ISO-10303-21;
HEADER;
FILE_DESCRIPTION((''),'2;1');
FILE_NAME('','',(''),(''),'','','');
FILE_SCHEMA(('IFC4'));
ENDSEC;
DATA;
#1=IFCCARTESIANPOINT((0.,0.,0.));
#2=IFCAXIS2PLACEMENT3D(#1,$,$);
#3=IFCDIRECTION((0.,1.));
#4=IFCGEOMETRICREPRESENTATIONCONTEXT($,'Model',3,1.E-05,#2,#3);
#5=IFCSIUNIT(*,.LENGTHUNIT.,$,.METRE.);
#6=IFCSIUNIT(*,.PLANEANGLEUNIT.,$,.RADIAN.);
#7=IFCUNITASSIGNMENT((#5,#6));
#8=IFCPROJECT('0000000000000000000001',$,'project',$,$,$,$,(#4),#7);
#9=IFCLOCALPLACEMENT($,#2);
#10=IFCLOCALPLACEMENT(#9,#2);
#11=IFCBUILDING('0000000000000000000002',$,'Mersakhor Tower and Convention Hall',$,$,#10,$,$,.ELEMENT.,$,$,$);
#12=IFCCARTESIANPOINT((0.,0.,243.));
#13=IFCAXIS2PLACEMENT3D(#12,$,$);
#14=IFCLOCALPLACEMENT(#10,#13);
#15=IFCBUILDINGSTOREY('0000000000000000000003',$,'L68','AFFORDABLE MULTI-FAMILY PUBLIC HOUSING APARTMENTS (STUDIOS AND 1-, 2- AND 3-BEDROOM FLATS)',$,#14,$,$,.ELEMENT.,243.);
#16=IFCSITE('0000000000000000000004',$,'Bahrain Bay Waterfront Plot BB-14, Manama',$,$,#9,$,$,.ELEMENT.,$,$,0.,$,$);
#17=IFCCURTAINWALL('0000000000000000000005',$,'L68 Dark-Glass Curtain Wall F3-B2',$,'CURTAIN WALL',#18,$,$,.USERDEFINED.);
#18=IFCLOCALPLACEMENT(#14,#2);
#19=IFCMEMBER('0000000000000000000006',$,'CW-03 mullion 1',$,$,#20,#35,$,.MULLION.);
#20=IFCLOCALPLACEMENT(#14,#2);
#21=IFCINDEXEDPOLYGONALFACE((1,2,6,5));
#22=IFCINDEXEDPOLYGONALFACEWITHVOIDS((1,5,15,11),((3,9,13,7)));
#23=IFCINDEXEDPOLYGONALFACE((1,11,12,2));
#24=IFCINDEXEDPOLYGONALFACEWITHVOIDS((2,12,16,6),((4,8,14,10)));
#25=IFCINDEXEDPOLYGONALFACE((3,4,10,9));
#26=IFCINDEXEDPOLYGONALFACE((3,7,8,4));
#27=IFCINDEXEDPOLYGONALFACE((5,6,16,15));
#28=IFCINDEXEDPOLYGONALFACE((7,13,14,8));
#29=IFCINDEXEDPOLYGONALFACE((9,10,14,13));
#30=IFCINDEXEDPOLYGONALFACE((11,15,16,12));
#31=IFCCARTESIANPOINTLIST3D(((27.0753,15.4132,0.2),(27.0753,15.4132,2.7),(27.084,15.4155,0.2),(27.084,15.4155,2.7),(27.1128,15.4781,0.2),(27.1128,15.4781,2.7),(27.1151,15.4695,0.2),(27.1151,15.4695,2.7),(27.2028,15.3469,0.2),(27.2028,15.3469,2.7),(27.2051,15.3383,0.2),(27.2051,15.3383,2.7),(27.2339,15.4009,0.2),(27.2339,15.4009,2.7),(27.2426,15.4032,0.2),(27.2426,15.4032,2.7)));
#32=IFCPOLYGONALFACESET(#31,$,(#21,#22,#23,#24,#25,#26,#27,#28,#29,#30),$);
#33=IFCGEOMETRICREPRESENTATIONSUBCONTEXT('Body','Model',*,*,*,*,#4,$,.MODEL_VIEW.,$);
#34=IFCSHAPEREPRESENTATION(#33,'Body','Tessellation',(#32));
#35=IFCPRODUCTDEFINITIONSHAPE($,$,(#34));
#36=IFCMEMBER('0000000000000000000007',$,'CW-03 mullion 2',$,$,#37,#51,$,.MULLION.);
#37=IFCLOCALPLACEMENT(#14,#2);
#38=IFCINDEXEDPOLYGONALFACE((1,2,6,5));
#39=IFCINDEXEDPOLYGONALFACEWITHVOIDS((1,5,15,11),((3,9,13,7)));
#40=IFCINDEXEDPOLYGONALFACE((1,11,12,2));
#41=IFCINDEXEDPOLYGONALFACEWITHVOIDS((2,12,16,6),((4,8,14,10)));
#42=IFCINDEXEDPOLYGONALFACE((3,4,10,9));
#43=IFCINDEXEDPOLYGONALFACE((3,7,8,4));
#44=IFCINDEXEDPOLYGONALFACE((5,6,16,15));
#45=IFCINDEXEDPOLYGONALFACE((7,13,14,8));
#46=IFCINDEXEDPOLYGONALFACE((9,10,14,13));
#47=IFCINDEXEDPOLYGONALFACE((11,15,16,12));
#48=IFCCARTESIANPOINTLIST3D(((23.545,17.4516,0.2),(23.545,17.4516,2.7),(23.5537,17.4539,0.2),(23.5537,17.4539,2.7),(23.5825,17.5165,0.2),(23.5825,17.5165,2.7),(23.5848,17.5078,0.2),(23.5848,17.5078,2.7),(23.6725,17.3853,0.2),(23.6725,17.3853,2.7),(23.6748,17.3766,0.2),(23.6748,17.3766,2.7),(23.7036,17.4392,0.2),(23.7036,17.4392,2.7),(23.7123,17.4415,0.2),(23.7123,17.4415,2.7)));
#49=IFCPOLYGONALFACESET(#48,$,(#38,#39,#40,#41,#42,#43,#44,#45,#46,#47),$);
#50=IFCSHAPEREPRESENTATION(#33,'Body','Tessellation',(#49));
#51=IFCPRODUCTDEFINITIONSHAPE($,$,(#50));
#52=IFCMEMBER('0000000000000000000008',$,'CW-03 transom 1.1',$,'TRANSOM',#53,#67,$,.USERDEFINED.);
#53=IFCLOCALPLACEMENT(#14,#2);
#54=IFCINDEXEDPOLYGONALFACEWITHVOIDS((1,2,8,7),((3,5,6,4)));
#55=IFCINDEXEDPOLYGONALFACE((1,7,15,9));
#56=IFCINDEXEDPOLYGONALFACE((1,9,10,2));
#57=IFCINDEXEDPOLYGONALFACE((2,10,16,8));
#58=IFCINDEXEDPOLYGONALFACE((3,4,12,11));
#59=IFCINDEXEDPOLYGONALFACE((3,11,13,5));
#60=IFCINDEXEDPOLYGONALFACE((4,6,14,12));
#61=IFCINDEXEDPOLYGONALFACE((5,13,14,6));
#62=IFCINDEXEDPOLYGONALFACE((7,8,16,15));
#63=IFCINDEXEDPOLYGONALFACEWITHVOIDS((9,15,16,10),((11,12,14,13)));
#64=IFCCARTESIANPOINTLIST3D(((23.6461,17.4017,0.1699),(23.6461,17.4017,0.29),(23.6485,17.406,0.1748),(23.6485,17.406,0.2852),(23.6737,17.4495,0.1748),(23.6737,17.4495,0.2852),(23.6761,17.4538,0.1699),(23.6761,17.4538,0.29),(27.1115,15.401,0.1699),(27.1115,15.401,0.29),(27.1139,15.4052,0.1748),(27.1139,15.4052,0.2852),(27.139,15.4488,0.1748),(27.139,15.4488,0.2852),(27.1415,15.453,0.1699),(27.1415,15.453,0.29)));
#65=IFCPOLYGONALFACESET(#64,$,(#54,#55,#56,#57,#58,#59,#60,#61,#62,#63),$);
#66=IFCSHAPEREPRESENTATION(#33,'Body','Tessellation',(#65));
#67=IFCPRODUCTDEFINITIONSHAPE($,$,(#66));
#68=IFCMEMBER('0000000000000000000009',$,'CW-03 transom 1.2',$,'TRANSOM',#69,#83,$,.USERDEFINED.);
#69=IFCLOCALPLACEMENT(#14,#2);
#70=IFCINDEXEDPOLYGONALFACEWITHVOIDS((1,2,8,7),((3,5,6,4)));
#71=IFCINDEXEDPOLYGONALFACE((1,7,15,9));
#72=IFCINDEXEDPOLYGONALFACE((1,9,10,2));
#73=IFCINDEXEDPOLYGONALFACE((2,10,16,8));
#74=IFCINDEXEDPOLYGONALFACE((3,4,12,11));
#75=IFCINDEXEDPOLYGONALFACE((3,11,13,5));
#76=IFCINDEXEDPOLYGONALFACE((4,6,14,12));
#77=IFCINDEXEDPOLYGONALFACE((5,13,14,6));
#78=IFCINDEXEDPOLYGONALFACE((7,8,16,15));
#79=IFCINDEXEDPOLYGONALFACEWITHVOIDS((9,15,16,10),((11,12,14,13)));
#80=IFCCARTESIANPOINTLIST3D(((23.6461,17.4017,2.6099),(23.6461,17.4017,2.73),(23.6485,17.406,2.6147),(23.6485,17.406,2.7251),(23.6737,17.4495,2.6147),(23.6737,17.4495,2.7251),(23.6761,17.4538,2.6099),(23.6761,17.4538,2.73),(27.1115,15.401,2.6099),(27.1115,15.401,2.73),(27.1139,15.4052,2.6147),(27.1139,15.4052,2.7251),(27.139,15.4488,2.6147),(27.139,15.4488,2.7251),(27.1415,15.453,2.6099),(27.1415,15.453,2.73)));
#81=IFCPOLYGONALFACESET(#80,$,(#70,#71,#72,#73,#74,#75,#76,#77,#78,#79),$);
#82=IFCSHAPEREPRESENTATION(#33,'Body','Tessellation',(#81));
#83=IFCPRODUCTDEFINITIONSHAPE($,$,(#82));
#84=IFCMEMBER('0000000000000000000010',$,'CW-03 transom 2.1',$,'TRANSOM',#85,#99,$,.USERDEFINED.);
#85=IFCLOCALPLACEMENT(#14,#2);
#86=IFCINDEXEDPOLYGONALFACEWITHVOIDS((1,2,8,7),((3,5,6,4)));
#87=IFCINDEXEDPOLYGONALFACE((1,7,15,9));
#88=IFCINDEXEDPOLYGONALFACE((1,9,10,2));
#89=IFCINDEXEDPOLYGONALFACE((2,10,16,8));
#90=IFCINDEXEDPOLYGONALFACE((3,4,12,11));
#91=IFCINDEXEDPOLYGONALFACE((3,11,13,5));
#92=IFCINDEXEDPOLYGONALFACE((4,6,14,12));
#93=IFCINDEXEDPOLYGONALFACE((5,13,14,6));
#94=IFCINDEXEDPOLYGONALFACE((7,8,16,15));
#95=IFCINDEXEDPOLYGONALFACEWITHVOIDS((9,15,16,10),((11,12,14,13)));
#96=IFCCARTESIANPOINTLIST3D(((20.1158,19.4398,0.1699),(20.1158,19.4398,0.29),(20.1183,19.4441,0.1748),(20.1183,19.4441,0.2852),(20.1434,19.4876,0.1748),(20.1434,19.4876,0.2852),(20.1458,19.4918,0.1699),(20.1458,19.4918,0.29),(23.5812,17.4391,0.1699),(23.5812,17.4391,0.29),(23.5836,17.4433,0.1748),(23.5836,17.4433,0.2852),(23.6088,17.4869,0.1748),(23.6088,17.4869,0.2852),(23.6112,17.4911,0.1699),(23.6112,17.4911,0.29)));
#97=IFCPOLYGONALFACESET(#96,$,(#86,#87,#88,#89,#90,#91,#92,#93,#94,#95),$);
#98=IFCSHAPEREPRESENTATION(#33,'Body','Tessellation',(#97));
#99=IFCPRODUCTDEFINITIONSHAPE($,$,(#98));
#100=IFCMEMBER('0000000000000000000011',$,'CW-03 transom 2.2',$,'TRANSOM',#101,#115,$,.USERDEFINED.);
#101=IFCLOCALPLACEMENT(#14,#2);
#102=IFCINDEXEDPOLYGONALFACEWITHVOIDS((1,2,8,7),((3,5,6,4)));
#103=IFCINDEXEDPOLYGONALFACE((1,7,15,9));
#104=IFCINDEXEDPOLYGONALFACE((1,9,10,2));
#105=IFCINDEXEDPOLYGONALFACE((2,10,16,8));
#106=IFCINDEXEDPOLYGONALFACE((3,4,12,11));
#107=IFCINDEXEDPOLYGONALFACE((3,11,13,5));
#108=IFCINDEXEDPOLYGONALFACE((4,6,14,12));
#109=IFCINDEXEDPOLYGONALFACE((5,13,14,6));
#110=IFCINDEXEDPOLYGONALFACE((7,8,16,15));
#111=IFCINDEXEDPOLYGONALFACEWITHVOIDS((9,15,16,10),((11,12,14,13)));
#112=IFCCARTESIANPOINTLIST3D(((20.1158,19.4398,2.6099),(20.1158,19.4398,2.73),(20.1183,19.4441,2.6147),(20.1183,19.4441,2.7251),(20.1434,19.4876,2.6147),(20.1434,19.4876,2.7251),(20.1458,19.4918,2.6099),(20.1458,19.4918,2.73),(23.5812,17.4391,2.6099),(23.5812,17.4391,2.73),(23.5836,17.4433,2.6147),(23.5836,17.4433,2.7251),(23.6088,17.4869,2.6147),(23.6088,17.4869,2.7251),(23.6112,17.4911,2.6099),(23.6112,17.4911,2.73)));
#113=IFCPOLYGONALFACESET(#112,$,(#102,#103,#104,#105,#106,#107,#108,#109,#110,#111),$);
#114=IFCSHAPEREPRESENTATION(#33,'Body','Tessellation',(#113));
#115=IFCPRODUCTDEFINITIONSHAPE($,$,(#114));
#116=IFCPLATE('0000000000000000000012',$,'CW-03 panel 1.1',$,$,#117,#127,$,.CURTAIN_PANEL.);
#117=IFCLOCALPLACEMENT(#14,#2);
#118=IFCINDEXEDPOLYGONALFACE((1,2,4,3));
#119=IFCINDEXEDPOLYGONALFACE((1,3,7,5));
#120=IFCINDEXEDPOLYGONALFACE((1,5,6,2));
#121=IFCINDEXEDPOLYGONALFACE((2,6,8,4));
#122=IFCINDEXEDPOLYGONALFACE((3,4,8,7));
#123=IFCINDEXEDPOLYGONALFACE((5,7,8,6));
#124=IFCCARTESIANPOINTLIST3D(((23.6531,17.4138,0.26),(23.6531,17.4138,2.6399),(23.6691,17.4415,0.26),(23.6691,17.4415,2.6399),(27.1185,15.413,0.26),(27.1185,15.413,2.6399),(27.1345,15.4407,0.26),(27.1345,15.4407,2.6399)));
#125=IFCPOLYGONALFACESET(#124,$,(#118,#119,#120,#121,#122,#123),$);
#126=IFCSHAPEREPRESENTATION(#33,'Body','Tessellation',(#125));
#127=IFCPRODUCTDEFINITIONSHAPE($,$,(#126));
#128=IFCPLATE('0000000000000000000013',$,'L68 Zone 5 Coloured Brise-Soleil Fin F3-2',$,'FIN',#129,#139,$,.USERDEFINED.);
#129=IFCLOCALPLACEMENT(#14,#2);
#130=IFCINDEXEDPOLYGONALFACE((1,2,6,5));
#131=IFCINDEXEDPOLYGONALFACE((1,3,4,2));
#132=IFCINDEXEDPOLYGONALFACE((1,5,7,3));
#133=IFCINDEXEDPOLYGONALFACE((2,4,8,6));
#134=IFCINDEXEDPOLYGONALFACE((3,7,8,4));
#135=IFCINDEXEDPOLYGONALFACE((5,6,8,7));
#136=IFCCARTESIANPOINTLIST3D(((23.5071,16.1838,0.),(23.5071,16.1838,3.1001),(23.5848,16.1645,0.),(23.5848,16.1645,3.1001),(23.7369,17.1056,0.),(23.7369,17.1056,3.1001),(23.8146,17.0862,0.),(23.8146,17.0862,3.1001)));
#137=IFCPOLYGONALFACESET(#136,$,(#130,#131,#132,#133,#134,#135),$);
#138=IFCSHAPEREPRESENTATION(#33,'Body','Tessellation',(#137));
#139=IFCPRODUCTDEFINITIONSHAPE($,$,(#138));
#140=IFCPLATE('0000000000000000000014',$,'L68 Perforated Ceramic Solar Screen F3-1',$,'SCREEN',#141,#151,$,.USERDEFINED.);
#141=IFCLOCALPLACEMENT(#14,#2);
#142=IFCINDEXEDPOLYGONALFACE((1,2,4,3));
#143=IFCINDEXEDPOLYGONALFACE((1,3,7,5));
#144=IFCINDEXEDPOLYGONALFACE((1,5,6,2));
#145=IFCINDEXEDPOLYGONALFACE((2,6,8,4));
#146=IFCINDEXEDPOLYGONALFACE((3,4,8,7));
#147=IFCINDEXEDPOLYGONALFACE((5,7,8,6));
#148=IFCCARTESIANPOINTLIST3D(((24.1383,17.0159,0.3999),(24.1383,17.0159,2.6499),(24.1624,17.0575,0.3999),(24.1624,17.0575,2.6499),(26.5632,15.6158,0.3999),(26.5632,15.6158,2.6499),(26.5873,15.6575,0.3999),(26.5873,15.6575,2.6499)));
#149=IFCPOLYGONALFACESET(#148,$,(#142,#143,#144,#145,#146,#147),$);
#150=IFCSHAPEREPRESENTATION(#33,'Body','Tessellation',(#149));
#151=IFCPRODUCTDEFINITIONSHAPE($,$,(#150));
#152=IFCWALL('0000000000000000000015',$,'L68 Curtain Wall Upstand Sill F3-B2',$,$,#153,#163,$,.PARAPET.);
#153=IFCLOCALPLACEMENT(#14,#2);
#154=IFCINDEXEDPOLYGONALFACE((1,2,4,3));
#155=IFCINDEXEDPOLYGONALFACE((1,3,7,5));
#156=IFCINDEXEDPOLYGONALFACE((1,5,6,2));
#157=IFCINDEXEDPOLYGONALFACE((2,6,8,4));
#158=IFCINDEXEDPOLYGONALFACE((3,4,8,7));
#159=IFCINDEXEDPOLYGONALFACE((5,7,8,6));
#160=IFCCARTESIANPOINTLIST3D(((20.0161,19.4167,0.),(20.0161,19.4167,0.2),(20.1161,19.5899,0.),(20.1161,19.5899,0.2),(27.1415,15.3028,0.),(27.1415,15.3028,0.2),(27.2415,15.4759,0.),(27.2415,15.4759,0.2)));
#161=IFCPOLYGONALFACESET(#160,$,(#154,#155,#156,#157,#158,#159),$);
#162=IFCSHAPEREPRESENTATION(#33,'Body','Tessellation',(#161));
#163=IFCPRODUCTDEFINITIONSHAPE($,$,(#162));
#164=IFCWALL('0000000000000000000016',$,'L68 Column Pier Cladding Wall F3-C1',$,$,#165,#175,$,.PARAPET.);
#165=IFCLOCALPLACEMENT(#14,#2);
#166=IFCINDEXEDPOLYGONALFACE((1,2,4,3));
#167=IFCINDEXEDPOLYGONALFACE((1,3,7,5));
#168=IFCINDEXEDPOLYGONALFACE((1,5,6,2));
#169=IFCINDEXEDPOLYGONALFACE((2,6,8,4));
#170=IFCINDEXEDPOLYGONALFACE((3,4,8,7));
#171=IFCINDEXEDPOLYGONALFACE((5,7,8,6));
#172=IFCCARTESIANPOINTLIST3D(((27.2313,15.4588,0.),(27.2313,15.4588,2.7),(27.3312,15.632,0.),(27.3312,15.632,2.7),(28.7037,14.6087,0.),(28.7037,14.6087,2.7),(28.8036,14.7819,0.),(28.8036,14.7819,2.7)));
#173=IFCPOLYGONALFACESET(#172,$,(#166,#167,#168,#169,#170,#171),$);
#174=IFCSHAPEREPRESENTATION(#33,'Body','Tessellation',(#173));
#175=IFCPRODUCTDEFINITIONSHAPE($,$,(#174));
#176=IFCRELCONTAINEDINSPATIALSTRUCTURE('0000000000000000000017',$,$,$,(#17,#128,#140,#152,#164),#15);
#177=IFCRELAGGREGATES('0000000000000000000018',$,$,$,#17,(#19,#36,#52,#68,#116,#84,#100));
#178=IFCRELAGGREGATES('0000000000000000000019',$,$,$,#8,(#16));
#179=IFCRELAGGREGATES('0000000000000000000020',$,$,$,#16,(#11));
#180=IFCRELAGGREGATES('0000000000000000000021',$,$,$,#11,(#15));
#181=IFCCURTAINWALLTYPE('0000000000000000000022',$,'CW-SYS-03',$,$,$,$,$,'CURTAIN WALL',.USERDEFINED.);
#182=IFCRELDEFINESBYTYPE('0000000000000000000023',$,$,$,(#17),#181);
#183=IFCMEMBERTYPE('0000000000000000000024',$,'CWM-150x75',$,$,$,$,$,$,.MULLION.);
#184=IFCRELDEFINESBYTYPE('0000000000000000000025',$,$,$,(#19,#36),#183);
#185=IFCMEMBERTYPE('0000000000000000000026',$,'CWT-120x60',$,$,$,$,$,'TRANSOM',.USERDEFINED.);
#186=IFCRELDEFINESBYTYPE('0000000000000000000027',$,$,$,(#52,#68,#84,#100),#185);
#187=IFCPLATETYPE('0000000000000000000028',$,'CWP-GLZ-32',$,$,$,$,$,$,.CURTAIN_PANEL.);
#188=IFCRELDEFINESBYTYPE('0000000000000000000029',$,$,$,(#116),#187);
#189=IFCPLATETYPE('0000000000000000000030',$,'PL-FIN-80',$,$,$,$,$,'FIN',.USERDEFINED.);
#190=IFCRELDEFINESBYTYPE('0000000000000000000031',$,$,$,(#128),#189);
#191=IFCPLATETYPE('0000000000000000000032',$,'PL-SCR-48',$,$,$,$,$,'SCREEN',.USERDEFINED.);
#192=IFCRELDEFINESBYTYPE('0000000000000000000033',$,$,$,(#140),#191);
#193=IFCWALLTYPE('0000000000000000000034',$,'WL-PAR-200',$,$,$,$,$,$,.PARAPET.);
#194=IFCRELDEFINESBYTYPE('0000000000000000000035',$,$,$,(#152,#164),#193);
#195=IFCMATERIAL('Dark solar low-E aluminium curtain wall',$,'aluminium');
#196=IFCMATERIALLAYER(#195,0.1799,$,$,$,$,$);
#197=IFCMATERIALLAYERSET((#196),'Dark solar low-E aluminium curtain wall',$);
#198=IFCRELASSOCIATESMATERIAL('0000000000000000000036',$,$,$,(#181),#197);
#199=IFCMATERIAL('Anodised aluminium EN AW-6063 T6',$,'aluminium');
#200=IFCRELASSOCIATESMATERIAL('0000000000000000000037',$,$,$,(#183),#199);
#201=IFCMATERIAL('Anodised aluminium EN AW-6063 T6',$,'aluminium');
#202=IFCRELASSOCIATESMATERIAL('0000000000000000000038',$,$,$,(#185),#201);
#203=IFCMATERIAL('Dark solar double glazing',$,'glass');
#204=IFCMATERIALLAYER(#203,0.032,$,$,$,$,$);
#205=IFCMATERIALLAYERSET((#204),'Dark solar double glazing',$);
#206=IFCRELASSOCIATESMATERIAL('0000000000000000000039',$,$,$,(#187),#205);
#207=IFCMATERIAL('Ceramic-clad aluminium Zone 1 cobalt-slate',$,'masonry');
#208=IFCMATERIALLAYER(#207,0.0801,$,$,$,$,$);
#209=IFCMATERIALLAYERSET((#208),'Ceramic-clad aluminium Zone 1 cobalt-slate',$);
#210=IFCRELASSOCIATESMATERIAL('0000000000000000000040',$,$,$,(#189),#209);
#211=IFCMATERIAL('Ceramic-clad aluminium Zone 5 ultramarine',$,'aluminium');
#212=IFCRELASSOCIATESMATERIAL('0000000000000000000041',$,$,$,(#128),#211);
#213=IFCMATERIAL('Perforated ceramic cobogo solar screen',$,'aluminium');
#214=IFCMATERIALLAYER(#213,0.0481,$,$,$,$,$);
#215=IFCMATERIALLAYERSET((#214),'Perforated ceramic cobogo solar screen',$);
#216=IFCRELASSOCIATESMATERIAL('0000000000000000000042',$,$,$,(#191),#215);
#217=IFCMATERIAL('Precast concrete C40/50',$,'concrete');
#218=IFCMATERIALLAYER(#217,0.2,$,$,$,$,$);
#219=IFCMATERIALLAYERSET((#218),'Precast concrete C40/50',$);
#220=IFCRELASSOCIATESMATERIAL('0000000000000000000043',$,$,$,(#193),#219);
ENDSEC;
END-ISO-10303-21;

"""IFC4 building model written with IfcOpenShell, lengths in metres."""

from ifc_helpers import new_model, si_unit, direction, frame, frame_2d, origin, origin_2d, place, context, subcontext, project, spatial, rectangle, hollow_rectangle, extrude, material, layer, layer_set, material_profile, profile_set, type_object, element, aggregate, save


model = new_model("IFC4")

# Units and contexts
model_context = context("Model", 3, precision=1e-05, world=origin(), true_north=direction((0.0, 1.0)))
body_context = subcontext(model_context, "Body", "Model", "MODEL_VIEW")
ifc_project = project(units=[si_unit("LENGTHUNIT", "METRE"), si_unit("PLANEANGLEUNIT", "RADIAN")], contexts=[model_context])

# Site, building, storey
site_placement = place(None, origin())
site = spatial("IfcSite", under=ifc_project, at=site_placement, Name="Bahrain Bay Waterfront Plot BB-14, Manama", CompositionType="ELEMENT", RefElevation=0.0)
building_placement = place(site_placement, origin())
building = spatial("IfcBuilding", under=site, at=building_placement, Name="Mersakhor Tower and Convention Hall", CompositionType="ELEMENT")
storey_placement = place(building_placement, frame((0.0, 0.0, 243.0)))
storey = spatial("IfcBuildingStorey", under=building, at=storey_placement, Name="L68", Description="AFFORDABLE MULTI-FAMILY PUBLIC HOUSING APARTMENTS (STUDIOS AND 1-, 2- AND 3-BEDROOM FLATS)", CompositionType="ELEMENT", Elevation=243.0)

# Curtain wall, members, plate
ifc_material_1 = material(Name="Dark solar low-E aluminium curtain wall", Category="aluminium")
ifc_layer_1 = layer(ifc_material_1, 0.1799)
ifc_layer_set_1 = layer_set([ifc_layer_1], Name="Dark solar low-E aluminium curtain wall")
curtain_wall_type = type_object("IfcCurtainWallType", Name="CW-SYS-03", ElementType="CURTAIN WALL", PredefinedType="USERDEFINED", material=ifc_layer_set_1)
curtain_wall_placement = place(storey_placement, origin())
curtain_wall = element("IfcCurtainWall", 1, at=curtain_wall_placement, inside=storey, type_object=curtain_wall_type, Name="L68 Dark-Glass Curtain Wall F3-B2", ObjectType="CURTAIN WALL", PredefinedType="USERDEFINED")
ifc_material_2 = material(Name="Anodised aluminium EN AW-6063 T6", Category="aluminium")
ifc_material_profile_1 = material_profile(ifc_material_2, hollow_rectangle(XDim=0.075, YDim=0.1499, WallThickness=0.0063, at=origin_2d()), Name="RHS 150x75x6.3")
ifc_profile_set_1 = profile_set([ifc_material_profile_1], Name="Anodised aluminium EN AW-6063 T6")
member_type_1 = type_object("IfcMemberType", Name="CWM-150x75", PredefinedType="MULLION", material=ifc_profile_set_1)
member_1_placement = place(storey_placement, frame((27.1589, 15.4082, 0.2), z_axis=(0.0, 0.0, 1.0), x_axis=(-0.500004, -0.866023, 0.0)))
member_1 = element("IfcMember", 2, at=member_1_placement, type_object=member_type_1, Name="CW-03 mullion 1", PredefinedType="MULLION", context=body_context, shape_type="SweptSolid", body=[
    extrude(hollow_rectangle(XDim=0.075, YDim=0.1499, WallThickness=0.0063, at=origin_2d()), origin(), (0.0, 0.0, 1.0), 2.5),
])
member_2_placement = place(storey_placement, frame((23.6287, 17.4465, 0.2), z_axis=(0.0, 0.0, 1.0), x_axis=(-0.500004, -0.866023, 0.0)))
member_2 = element("IfcMember", 3, at=member_2_placement, type_object=member_type_1, Name="CW-03 mullion 2", PredefinedType="MULLION", context=body_context, shape_type="SweptSolid", body=[
    extrude(hollow_rectangle(XDim=0.075, YDim=0.1499, WallThickness=0.0063, at=origin_2d()), origin(), (0.0, 0.0, 1.0), 2.5),
])
ifc_material_3 = material(Name="Anodised aluminium EN AW-6063 T6", Category="aluminium")
ifc_material_profile_2 = material_profile(ifc_material_3, hollow_rectangle(XDim=0.0601, YDim=0.1201, WallThickness=0.0049, at=origin_2d()), Name="RHS 120x60x5")
ifc_profile_set_2 = profile_set([ifc_material_profile_2], Name="Anodised aluminium EN AW-6063 T6")
member_type_2 = type_object("IfcMemberType", Name="CWT-120x60", ElementType="TRANSOM", PredefinedType="USERDEFINED", material=ifc_profile_set_2)
member_3_placement = place(storey_placement, frame((27.1265, 15.427, 0.23), z_axis=(-0.866023, 0.500004, 0.0), x_axis=(-0.500004, -0.866023, 0.0)))
member_3 = element("IfcMember", 4, at=member_3_placement, type_object=member_type_2, Name="CW-03 transom 1.1", ObjectType="TRANSOM", PredefinedType="USERDEFINED", context=body_context, shape_type="SweptSolid", body=[
    extrude(hollow_rectangle(XDim=0.0601, YDim=0.1201, WallThickness=0.0049, at=origin_2d()), origin(), (0.0, 0.0, 1.0), 4.0015),
])
member_4_placement = place(storey_placement, frame((27.1265, 15.427, 2.6699), z_axis=(-0.866023, 0.500004, 0.0), x_axis=(-0.500004, -0.866023, 0.0)))
member_4 = element("IfcMember", 5, at=member_4_placement, type_object=member_type_2, Name="CW-03 transom 1.2", ObjectType="TRANSOM", PredefinedType="USERDEFINED", context=body_context, shape_type="SweptSolid", body=[
    extrude(hollow_rectangle(XDim=0.0601, YDim=0.1201, WallThickness=0.0049, at=origin_2d()), origin(), (0.0, 0.0, 1.0), 4.0015),
])
member_5_placement = place(storey_placement, frame((23.5962, 17.4651, 0.23), z_axis=(-0.866023, 0.500004, 0.0), x_axis=(-0.500004, -0.866023, 0.0)))
member_5 = element("IfcMember", 6, at=member_5_placement, type_object=member_type_2, Name="CW-03 transom 2.1", ObjectType="TRANSOM", PredefinedType="USERDEFINED", context=body_context, shape_type="SweptSolid", body=[
    extrude(hollow_rectangle(XDim=0.0601, YDim=0.1201, WallThickness=0.0049, at=origin_2d()), origin(), (0.0, 0.0, 1.0), 4.0015),
])
member_6_placement = place(storey_placement, frame((23.5962, 17.4651, 2.6699), z_axis=(-0.866023, 0.500004, 0.0), x_axis=(-0.500004, -0.866023, 0.0)))
member_6 = element("IfcMember", 7, at=member_6_placement, type_object=member_type_2, Name="CW-03 transom 2.2", ObjectType="TRANSOM", PredefinedType="USERDEFINED", context=body_context, shape_type="SweptSolid", body=[
    extrude(hollow_rectangle(XDim=0.0601, YDim=0.1201, WallThickness=0.0049, at=origin_2d()), origin(), (0.0, 0.0, 1.0), 4.0015),
])
ifc_material_4 = material(Name="Dark solar double glazing", Category="glass")
ifc_layer_2 = layer(ifc_material_4, 0.032)
ifc_layer_set_2 = layer_set([ifc_layer_2], Name="Dark solar double glazing")
plate_type_1 = type_object("IfcPlateType", Name="CWP-GLZ-32", PredefinedType="CURTAIN_PANEL", material=ifc_layer_set_2)
plate_1_placement = place(storey_placement, frame((25.3938, 16.4272, 0.26), z_axis=(0.0, 0.0, 1.0), x_axis=(-0.866023, 0.500004, 0.0)))
plate_1 = element("IfcPlate", 8, at=plate_1_placement, type_object=plate_type_1, Name="CW-03 panel 1.1", PredefinedType="CURTAIN_PANEL", context=body_context, shape_type="SweptSolid", body=[
    extrude(rectangle(XDim=4.0015, YDim=0.032, at=origin_2d()), origin(), (0.0, 0.0, 1.0), 2.3799),
])
aggregate(curtain_wall, [member_1, member_2, member_3, member_4, plate_1, member_5, member_6])

# Plates
ifc_material_5 = material(Name="Ceramic-clad aluminium Zone 5 ultramarine", Category="aluminium")
ifc_material_6 = material(Name="Ceramic-clad aluminium Zone 1 cobalt-slate", Category="masonry")
ifc_layer_3 = layer(ifc_material_6, 0.0801)
ifc_layer_set_3 = layer_set([ifc_layer_3], Name="Ceramic-clad aluminium Zone 1 cobalt-slate")
plate_type_2 = type_object("IfcPlateType", Name="PL-FIN-80", ElementType="FIN", PredefinedType="USERDEFINED", material=ifc_layer_set_3)
plate_2_placement = place(storey_placement, frame((23.6609, 16.635, 0.0), z_axis=(0.0, 0.0, 1.0), x_axis=(-0.241922, -0.970296, 0.0)))
element("IfcPlate", 9, at=plate_2_placement, inside=storey, type_object=plate_type_2, material=ifc_material_5, Name="L68 Zone 5 Coloured Brise-Soleil Fin F3-2", ObjectType="FIN", PredefinedType="USERDEFINED", context=body_context, shape_type="SweptSolid", body=[
    extrude(rectangle(XDim=0.95, YDim=0.0801, at=origin_2d()), origin(), (0.0, 0.0, 1.0), 3.1001),
])
ifc_material_7 = material(Name="Perforated ceramic cobogo solar screen", Category="aluminium")
ifc_layer_4 = layer(ifc_material_7, 0.0481)
ifc_layer_set_4 = layer_set([ifc_layer_4], Name="Perforated ceramic cobogo solar screen")
plate_type_3 = type_object("IfcPlateType", Name="PL-SCR-48", ElementType="SCREEN", PredefinedType="USERDEFINED", material=ifc_layer_set_4)
plate_3_placement = place(storey_placement, frame((25.3628, 16.3367, 0.3999), z_axis=(0.0, 0.0, 1.0), x_axis=(-0.866025, 0.5, 0.0)))
element("IfcPlate", 10, at=plate_3_placement, inside=storey, type_object=plate_type_3, Name="L68 Perforated Ceramic Solar Screen F3-1", ObjectType="SCREEN", PredefinedType="USERDEFINED", context=body_context, shape_type="SweptSolid", body=[
    extrude(rectangle(XDim=2.8, YDim=0.0481, at=origin_2d()), origin(), (0.0, 0.0, 1.0), 2.25),
])

# Walls
ifc_material_8 = material(Name="Precast concrete C40/50", Category="concrete")
ifc_layer_5 = layer(ifc_material_8, 0.2)
ifc_layer_set_5 = layer_set([ifc_layer_5], Name="Precast concrete C40/50")
wall_type_1 = type_object("IfcWallType", Name="WL-PAR-200", PredefinedType="PARAPET", material=ifc_layer_set_5)
wall_1_placement = place(storey_placement, frame((27.1914, 15.3894, 0.0), z_axis=(0.0, 0.0, 1.0), x_axis=(-0.86602, 0.50001, 0.0)))
element("IfcWall", 11, at=wall_1_placement, inside=storey, type_object=wall_type_1, Name="L68 Curtain Wall Upstand Sill F3-B2", PredefinedType="PARAPET", context=body_context, shape_type="SweptSolid", body=[
    extrude(rectangle(XDim=8.2278, YDim=0.2, at=frame_2d((4.1138, 0.0))), origin(), (0.0, 0.0, 1.0), 0.2),
])
wall_2_placement = place(storey_placement, frame((28.7537, 14.6953, 0.0), z_axis=(0.0, 0.0, 1.0), x_axis=(-0.866025, 0.5, 0.0)))
element("IfcWall", 12, at=wall_2_placement, inside=storey, type_object=wall_type_1, Name="L68 Column Pier Cladding Wall F3-C1", PredefinedType="PARAPET", context=body_context, shape_type="SweptSolid", body=[
    extrude(rectangle(XDim=1.7002, YDim=0.2, at=frame_2d((0.8501, 0.0))), origin(), (0.0, 0.0, 1.0), 2.7),
])

save(model, "model.ifc")
